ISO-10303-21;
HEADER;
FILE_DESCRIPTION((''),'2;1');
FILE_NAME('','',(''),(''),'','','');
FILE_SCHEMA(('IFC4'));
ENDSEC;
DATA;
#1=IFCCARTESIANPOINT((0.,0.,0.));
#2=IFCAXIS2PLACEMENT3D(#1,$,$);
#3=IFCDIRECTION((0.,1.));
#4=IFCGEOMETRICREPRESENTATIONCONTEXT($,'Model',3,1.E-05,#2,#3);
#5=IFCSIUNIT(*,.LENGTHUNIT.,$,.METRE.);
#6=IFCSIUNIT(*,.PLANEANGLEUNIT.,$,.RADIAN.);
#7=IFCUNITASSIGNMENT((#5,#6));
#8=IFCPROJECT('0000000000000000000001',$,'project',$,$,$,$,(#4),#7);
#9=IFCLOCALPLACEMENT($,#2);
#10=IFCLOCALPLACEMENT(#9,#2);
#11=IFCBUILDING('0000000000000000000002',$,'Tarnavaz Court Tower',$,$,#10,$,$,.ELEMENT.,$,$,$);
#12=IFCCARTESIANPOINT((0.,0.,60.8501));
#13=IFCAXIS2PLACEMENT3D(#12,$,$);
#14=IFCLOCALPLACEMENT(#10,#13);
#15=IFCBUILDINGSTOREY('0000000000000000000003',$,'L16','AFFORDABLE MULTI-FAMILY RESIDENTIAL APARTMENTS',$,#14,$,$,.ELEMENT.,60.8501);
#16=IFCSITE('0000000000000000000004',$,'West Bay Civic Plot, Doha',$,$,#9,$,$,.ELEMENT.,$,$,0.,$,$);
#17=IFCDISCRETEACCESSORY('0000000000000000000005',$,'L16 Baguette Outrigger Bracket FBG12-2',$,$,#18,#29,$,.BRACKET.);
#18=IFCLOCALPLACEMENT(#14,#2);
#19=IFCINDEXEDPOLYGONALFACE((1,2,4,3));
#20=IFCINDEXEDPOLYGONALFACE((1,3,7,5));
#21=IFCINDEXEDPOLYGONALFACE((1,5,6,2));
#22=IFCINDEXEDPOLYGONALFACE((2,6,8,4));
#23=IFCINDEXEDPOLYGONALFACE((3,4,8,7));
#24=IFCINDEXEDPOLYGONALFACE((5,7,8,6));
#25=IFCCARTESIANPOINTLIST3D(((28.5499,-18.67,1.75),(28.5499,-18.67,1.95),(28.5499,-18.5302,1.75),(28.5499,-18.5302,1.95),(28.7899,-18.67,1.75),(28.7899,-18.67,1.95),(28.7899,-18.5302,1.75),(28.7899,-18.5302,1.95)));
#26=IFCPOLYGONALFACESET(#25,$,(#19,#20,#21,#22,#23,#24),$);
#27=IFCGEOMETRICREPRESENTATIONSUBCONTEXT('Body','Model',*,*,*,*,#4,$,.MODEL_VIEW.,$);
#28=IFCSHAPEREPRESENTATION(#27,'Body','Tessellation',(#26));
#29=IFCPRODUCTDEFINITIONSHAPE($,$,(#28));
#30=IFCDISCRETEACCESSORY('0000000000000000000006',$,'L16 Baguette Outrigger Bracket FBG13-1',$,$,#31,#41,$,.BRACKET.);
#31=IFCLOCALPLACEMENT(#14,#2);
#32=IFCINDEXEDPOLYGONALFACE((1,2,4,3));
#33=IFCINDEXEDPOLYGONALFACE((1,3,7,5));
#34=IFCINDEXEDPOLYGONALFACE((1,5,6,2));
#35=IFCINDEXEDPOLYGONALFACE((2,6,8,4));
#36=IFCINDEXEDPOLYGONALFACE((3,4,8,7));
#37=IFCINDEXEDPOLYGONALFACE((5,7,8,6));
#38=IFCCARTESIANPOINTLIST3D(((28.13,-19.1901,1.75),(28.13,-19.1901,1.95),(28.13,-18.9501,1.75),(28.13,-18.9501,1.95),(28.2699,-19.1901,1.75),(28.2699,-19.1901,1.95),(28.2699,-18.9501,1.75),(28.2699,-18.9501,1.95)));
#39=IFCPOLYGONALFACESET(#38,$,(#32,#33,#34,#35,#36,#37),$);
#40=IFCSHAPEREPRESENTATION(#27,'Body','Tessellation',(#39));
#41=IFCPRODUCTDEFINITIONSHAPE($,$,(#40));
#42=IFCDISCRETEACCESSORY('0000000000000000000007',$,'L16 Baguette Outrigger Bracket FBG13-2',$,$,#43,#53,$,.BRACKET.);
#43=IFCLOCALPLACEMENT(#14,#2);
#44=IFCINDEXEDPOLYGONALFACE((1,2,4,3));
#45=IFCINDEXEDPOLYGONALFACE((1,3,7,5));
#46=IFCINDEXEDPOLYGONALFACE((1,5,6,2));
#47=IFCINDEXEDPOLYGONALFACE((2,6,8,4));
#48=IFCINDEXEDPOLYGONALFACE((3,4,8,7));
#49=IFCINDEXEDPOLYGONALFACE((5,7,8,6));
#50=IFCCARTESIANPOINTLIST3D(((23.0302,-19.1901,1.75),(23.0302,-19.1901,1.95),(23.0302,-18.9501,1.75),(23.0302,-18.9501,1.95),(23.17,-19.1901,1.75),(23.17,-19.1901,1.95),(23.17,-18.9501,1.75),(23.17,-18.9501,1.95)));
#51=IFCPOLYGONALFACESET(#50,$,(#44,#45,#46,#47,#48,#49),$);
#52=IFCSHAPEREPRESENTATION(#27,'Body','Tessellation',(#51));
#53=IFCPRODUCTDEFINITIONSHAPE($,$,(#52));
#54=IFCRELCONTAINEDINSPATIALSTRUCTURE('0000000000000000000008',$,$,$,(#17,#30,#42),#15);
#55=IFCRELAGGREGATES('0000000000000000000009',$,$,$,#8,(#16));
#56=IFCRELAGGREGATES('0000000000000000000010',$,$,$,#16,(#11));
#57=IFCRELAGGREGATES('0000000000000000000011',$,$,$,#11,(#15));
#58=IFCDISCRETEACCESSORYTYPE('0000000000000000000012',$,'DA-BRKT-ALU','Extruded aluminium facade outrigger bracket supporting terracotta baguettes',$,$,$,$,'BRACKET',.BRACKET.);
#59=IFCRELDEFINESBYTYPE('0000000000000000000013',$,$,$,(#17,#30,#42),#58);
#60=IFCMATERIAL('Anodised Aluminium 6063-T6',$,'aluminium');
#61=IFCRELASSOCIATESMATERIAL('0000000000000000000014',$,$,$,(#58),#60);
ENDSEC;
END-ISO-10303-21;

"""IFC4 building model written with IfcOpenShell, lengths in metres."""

from ifc_helpers import new_model, si_unit, direction, frame, origin, origin_2d, place, context, subcontext, project, spatial, rectangle, extrude, material, type_object, element, save


model = new_model("IFC4")

# Units and contexts
model_context = context("Model", 3, precision=1e-05, world=origin(), true_north=direction((0.0, 1.0)))
body_context = subcontext(model_context, "Body", "Model", "MODEL_VIEW")
ifc_project = project(units=[si_unit("LENGTHUNIT", "METRE"), si_unit("PLANEANGLEUNIT", "RADIAN")], contexts=[model_context])

# Site, building, storey
site_placement = place(None, origin())
site = spatial("IfcSite", under=ifc_project, at=site_placement, Name="West Bay Civic Plot, Doha", CompositionType="ELEMENT", RefElevation=0.0)
building_placement = place(site_placement, origin())
building = spatial("IfcBuilding", under=site, at=building_placement, Name="Tarnavaz Court Tower", CompositionType="ELEMENT")
storey_placement = place(building_placement, frame((0.0, 0.0, 60.8501)))
storey = spatial("IfcBuildingStorey", under=building, at=storey_placement, Name="L16", Description="AFFORDABLE MULTI-FAMILY RESIDENTIAL APARTMENTS", CompositionType="ELEMENT", Elevation=60.8501)

# Discrete accessories
ifc_material_1 = material(Name="Anodised Aluminium 6063-T6", Category="aluminium")
discrete_accessory_type = type_object("IfcDiscreteAccessoryType", Name="DA-BRKT-ALU", Description="Extruded aluminium facade outrigger bracket supporting terracotta baguettes", ElementType="BRACKET", PredefinedType="BRACKET", material=ifc_material_1)
for number, where, z_axis, x_axis, name in (
    (1, (28.6699, -18.6001, 1.75), (0.0, 0.0, 1.0), (0.0, -1.0, 0.0), "L16 Baguette Outrigger Bracket FBG12-2"),
    (2, (28.2, -19.0701, 1.75), (0.0, 0.0, 1.0), (-1.0, 0.0, 0.0), "L16 Baguette Outrigger Bracket FBG13-1"),
    (3, (23.1001, -19.0701, 1.75), (0.0, 0.0, 1.0), (-1.0, 0.0, 0.0), "L16 Baguette Outrigger Bracket FBG13-2"),
):
    element("IfcDiscreteAccessory", number, at=place(storey_placement, frame(where, z_axis=z_axis, x_axis=x_axis)), inside=storey, type_object=discrete_accessory_type, Name=name, PredefinedType="BRACKET", context=body_context, shape_type="SweptSolid", body=[
        extrude(rectangle(XDim=0.1399, YDim=0.24, at=origin_2d()), origin(), (0.0, 0.0, 1.0), 0.2),
    ])

save(model, "model.ifc")
